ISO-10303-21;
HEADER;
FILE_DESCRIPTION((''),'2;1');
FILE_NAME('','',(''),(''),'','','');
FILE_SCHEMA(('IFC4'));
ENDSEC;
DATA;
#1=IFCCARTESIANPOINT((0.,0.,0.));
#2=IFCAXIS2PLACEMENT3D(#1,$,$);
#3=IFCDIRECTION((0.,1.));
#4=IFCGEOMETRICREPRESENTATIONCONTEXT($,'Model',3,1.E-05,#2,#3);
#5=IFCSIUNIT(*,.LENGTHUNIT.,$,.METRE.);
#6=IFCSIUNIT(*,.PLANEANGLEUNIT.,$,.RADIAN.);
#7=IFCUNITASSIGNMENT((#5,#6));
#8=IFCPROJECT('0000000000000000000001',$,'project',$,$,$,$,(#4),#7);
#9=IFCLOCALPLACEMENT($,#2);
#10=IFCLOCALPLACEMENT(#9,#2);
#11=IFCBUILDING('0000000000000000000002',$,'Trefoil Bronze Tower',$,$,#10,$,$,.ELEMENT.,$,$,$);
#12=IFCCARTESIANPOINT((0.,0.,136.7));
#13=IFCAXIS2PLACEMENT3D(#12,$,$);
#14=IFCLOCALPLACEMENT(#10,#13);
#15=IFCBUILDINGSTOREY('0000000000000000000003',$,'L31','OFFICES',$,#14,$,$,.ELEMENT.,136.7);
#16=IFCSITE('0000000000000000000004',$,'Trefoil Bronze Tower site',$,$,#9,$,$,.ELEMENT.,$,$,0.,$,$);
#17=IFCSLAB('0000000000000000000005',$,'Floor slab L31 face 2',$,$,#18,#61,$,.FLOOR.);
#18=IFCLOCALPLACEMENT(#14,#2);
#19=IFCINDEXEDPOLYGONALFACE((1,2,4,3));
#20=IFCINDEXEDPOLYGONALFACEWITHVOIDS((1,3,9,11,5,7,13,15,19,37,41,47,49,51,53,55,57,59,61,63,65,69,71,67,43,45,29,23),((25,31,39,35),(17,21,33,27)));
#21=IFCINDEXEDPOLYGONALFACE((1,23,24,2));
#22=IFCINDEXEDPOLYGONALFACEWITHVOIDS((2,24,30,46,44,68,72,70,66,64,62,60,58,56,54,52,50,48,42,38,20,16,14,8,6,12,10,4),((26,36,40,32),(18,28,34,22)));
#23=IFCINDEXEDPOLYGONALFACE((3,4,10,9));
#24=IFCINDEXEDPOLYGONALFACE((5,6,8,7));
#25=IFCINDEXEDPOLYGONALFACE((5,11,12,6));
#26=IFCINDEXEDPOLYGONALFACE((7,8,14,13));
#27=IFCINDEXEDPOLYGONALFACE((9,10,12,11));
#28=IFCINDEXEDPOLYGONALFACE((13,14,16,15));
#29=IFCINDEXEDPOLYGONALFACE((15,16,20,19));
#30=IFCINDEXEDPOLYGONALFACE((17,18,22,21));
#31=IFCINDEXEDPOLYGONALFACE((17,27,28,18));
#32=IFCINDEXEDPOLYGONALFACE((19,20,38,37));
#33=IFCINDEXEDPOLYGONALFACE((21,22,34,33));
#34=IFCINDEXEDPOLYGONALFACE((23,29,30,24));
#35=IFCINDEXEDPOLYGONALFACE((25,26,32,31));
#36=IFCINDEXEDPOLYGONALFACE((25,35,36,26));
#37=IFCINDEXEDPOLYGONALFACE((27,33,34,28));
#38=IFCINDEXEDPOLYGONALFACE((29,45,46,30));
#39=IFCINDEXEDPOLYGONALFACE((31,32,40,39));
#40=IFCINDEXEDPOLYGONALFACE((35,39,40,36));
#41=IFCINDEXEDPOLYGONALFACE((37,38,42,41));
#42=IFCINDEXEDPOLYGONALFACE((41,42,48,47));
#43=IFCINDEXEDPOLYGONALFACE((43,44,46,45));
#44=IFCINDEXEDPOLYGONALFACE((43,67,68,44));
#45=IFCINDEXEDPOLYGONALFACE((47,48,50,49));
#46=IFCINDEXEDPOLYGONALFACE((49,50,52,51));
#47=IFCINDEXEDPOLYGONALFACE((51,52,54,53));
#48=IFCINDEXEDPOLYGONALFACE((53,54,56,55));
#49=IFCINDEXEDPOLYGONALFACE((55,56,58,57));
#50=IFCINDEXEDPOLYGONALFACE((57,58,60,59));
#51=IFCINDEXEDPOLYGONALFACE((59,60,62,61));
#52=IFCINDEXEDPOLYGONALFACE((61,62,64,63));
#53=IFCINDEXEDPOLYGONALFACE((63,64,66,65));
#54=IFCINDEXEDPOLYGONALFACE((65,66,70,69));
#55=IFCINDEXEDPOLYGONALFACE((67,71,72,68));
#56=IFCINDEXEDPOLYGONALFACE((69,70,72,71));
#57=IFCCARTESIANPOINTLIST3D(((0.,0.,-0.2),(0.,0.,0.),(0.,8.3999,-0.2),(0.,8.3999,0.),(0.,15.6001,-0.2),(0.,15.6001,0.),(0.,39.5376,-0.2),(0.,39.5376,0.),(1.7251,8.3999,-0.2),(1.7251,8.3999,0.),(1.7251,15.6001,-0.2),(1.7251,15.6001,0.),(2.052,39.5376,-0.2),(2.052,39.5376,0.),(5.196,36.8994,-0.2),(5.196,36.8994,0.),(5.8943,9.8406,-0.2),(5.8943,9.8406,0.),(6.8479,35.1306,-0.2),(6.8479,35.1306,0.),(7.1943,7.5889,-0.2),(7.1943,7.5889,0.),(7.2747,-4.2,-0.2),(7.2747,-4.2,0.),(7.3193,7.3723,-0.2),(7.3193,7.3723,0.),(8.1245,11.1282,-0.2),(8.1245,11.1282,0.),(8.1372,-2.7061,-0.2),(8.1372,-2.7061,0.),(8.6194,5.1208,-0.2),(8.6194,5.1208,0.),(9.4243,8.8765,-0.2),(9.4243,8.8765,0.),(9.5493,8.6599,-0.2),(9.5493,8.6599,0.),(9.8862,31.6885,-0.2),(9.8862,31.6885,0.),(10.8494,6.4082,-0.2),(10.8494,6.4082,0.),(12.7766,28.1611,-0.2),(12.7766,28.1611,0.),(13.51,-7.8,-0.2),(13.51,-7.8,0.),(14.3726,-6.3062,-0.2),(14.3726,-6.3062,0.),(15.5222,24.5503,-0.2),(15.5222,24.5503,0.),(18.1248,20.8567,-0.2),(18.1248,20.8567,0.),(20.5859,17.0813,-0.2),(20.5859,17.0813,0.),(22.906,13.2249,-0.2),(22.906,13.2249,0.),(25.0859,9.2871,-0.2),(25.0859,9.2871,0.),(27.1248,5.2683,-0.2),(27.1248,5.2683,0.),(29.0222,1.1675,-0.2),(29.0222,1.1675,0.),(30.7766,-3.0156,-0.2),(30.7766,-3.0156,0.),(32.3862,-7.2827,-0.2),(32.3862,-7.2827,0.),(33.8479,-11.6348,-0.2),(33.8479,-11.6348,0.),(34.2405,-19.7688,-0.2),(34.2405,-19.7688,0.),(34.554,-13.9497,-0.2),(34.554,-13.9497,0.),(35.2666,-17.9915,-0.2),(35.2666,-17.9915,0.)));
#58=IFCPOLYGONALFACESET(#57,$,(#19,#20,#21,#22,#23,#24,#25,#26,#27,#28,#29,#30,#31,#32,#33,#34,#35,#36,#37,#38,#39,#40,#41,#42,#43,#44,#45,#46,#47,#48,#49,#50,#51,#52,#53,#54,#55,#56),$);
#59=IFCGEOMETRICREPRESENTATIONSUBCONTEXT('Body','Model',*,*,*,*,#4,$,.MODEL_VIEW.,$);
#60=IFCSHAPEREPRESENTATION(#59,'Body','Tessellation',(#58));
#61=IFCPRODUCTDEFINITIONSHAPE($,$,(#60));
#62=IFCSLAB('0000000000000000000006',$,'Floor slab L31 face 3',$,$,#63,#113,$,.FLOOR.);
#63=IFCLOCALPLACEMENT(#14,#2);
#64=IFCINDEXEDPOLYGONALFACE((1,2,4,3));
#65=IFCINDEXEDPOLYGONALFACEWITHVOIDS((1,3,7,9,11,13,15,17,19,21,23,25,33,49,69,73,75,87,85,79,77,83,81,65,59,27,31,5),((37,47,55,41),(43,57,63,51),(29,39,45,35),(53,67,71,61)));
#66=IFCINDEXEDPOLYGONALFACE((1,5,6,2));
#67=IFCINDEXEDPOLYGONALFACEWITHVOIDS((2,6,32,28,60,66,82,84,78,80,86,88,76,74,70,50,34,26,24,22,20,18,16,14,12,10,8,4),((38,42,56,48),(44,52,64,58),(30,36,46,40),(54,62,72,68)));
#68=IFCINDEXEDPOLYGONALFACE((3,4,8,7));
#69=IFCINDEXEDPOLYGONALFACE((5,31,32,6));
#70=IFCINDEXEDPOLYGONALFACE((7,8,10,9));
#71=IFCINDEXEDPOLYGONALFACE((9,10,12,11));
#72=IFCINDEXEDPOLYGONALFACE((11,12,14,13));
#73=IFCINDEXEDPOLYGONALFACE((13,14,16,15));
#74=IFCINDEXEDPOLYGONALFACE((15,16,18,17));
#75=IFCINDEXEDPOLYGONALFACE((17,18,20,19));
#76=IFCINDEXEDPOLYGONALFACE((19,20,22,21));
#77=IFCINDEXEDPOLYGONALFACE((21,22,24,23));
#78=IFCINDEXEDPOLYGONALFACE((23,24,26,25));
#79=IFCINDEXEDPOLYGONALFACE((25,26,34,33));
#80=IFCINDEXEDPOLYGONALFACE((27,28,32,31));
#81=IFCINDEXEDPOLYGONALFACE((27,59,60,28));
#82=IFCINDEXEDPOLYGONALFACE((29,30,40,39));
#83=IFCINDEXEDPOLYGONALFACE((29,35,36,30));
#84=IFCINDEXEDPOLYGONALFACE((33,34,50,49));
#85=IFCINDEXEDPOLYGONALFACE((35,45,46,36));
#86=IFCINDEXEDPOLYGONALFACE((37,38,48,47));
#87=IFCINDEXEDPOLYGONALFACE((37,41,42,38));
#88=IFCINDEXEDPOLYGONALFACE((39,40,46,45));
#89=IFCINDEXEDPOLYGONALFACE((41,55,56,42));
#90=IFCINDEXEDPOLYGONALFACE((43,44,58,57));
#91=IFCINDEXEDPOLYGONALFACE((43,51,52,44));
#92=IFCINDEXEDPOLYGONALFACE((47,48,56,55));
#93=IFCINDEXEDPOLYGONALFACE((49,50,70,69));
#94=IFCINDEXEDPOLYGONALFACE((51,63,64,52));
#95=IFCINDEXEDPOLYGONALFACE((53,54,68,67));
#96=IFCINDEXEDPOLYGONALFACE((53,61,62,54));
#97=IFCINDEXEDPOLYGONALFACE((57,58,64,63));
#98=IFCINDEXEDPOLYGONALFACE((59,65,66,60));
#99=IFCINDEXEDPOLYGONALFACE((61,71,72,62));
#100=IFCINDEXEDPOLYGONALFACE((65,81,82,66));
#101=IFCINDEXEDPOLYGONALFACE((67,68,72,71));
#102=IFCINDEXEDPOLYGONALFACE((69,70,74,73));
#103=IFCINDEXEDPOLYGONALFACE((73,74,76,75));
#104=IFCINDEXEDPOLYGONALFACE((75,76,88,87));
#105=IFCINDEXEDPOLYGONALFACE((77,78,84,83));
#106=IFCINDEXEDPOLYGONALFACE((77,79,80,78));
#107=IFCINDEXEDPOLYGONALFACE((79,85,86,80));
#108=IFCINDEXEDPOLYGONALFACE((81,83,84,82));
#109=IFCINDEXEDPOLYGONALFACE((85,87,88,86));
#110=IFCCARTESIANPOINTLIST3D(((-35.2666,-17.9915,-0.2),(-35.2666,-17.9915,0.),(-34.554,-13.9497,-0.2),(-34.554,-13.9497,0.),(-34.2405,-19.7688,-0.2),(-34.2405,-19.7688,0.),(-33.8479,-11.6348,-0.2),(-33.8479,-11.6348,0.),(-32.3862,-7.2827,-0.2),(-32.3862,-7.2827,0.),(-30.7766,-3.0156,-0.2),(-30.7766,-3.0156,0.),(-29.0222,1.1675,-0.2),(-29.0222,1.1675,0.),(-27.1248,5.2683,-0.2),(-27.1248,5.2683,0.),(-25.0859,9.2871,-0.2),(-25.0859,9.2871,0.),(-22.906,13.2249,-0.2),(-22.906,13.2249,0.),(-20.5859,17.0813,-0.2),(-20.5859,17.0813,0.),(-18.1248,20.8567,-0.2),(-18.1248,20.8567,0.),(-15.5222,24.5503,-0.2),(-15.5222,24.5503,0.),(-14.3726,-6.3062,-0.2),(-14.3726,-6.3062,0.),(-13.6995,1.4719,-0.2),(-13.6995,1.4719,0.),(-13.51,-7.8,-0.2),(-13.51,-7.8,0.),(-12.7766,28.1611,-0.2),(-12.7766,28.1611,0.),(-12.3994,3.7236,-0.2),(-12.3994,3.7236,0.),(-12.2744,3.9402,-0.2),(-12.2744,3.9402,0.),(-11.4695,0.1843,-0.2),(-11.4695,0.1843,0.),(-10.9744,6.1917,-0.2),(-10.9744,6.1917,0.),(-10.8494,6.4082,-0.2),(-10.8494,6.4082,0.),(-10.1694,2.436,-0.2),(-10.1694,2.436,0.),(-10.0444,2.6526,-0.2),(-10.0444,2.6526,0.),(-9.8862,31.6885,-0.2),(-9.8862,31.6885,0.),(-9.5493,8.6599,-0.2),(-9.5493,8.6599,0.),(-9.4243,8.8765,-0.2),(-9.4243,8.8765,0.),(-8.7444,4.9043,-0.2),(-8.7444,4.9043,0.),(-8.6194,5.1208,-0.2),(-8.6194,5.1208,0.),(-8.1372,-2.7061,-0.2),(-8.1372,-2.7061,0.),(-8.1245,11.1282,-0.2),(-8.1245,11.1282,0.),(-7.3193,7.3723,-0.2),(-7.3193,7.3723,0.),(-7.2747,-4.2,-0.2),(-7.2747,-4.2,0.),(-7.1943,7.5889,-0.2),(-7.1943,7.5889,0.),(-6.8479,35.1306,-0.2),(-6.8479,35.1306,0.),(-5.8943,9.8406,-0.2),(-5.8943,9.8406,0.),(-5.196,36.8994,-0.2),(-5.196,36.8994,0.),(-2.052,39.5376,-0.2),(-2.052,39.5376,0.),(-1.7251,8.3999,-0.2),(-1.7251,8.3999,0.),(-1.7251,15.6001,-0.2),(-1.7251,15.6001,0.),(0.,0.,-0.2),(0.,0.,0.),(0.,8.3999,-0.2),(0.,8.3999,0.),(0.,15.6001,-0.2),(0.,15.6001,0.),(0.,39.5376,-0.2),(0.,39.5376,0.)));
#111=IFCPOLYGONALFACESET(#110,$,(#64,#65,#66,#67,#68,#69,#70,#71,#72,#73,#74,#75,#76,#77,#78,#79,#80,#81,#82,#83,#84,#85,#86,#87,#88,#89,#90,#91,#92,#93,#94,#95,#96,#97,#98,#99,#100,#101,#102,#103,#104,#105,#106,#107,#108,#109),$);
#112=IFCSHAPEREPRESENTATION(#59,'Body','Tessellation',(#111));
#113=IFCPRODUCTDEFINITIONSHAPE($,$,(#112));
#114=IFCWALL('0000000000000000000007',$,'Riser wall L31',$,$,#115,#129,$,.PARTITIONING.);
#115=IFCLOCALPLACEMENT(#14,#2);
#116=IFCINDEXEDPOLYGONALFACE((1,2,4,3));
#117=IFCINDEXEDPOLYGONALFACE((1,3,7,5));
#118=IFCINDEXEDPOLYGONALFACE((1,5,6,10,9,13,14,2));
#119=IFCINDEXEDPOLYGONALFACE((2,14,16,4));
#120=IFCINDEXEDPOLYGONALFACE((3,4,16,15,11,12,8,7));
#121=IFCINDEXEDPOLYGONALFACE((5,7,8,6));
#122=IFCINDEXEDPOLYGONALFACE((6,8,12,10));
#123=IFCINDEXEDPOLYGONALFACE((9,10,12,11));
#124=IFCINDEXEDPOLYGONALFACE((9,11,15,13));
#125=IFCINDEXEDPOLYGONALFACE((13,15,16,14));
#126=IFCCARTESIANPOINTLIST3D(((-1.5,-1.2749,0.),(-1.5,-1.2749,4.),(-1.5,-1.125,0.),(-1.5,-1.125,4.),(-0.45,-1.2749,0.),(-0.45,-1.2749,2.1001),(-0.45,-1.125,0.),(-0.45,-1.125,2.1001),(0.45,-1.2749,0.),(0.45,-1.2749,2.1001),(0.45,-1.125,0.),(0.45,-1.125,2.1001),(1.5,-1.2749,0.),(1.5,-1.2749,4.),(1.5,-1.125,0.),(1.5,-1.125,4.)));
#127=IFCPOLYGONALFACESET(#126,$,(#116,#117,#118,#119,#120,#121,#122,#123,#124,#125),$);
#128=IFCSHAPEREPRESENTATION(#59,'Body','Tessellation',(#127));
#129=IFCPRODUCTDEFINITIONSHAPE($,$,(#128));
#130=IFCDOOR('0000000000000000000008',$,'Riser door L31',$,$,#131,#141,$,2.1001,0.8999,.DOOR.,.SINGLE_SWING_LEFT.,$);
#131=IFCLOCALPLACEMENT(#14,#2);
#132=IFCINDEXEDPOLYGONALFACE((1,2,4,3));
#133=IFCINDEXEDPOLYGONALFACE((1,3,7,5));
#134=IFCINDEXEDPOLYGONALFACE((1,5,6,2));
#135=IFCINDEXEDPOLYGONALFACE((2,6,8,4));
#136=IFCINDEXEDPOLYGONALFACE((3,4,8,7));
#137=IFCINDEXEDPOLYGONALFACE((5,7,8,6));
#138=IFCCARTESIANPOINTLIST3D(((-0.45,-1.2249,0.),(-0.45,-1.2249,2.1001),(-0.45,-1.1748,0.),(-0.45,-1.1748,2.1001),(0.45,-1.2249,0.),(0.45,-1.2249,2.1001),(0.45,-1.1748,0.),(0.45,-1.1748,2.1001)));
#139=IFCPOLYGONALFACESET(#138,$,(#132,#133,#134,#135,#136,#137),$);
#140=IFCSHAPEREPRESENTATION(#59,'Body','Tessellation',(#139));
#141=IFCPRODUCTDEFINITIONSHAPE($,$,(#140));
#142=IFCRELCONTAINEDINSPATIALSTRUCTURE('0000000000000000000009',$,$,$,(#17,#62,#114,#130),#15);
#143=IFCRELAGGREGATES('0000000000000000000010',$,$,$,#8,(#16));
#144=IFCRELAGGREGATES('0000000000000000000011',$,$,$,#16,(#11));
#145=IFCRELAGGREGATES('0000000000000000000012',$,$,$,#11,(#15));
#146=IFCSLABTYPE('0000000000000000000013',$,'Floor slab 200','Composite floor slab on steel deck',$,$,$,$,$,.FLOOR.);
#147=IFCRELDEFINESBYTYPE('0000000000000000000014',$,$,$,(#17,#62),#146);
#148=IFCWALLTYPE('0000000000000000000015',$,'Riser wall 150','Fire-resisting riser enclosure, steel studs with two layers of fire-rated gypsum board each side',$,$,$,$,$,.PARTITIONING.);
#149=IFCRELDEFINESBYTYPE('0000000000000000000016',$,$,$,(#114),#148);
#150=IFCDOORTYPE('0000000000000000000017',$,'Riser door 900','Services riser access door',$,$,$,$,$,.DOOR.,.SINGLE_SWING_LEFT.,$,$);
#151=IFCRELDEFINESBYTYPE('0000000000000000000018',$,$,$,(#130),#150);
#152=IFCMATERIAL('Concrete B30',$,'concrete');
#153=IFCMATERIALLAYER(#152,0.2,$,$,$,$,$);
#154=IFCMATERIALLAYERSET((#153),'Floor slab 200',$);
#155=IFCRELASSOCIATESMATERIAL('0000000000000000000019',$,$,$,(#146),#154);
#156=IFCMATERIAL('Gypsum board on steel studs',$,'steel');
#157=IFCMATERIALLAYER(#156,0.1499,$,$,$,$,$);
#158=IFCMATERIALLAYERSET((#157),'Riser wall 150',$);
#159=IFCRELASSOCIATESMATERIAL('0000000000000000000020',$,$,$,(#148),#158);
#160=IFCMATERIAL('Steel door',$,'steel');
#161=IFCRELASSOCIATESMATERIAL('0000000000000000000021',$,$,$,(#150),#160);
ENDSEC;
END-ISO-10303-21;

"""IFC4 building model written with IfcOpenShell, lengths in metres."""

from ifc_helpers import new_model, si_unit, direction, frame, frame_2d, origin, place, context, subcontext, project, spatial, polyline, rectangle, outline, extrude, material, layer, layer_set, type_object, element, fill, save


model = new_model("IFC4")

# Units and contexts
model_context = context("Model", 3, precision=1e-05, world=origin(), true_north=direction((0.0, 1.0)))
body_context = subcontext(model_context, "Body", "Model", "MODEL_VIEW")
ifc_project = project(units=[si_unit("LENGTHUNIT", "METRE"), si_unit("PLANEANGLEUNIT", "RADIAN")], contexts=[model_context])

# Site, building, storey
site_placement = place(None, origin())
site = spatial("IfcSite", under=ifc_project, at=site_placement, Name="Trefoil Bronze Tower site", CompositionType="ELEMENT", RefElevation=0.0)
building_placement = place(site_placement, origin())
building = spatial("IfcBuilding", under=site, at=building_placement, Name="Trefoil Bronze Tower", CompositionType="ELEMENT")
storey_placement = place(building_placement, frame((0.0, 0.0, 136.7)))
storey = spatial("IfcBuildingStorey", under=building, at=storey_placement, Name="L31", Description="OFFICES", CompositionType="ELEMENT", Elevation=136.7)

# Slabs
ifc_material_1 = material(Name="Concrete B30", Category="concrete")
ifc_layer_1 = layer(ifc_material_1, 0.2)
ifc_layer_set_1 = layer_set([ifc_layer_1], Name="Floor slab 200")
slab_type = type_object("IfcSlabType", Name="Floor slab 200", Description="Composite floor slab on steel deck", PredefinedType="FLOOR", material=ifc_layer_set_1)
slab_1_placement = place(storey_placement, frame((0.0, 0.0, -0.2)))
element("IfcSlab", 1, at=slab_1_placement, inside=storey, type_object=slab_type, Name="Floor slab L31 face 2", PredefinedType="FLOOR", context=body_context, shape_type="SweptSolid", body=[
    extrude(outline(polyline([(9.8862, 31.6885), (12.7766, 28.1611), (15.5222, 24.5503), (18.1248, 20.8567), (20.5859, 17.0813), (22.906, 13.2249), (25.0859, 9.2871), (27.1248, 5.2683), (29.0222, 1.1675), (30.7766, -3.0156), (32.3862, -7.2827), (33.8479, -11.6348), (34.554, -13.9497), (35.2666, -17.9915), (34.2405, -19.7688), (13.51, -7.8), (14.3726, -6.3062), (8.1372, -2.7061), (7.2747, -4.2), (0.0, 0.0), (0.0, 8.3999), (1.7251, 8.3999), (1.7251, 15.6001), (0.0, 15.6001), (0.0, 39.5376), (2.052, 39.5376), (5.196, 36.8994), (6.8479, 35.1306), (9.8862, 31.6885)]), holes=[polyline([(8.6194, 5.1208), (7.3193, 7.3723), (9.5493, 8.6599), (10.8494, 6.4082), (8.6194, 5.1208)]), polyline([(7.1943, 7.5889), (5.8943, 9.8406), (8.1245, 11.1282), (9.4243, 8.8765), (7.1943, 7.5889)])]), origin(), (0.0, 0.0, 1.0), 0.2),
])
slab_2_placement = place(storey_placement, frame((0.0, 0.0, -0.2)))
element("IfcSlab", 2, at=slab_2_placement, inside=storey, type_object=slab_type, Name="Floor slab L31 face 3", PredefinedType="FLOOR", context=body_context, shape_type="SweptSolid", body=[
    extrude(outline(polyline([(-32.3862, -7.2827), (-30.7766, -3.0156), (-29.0222, 1.1675), (-27.1248, 5.2683), (-25.0859, 9.2871), (-22.906, 13.2249), (-20.5859, 17.0813), (-18.1248, 20.8567), (-15.5222, 24.5503), (-12.7766, 28.1611), (-9.8862, 31.6885), (-6.8479, 35.1306), (-5.196, 36.8994), (-2.052, 39.5376), (0.0, 39.5376), (0.0, 15.6001), (-1.7251, 15.6001), (-1.7251, 8.3999), (0.0, 8.3999), (0.0, 0.0), (-7.2747, -4.2), (-8.1372, -2.7061), (-14.3726, -6.3062), (-13.51, -7.8), (-34.2405, -19.7688), (-35.2666, -17.9915), (-34.554, -13.9497), (-33.8479, -11.6348), (-32.3862, -7.2827)]), holes=[polyline([(-5.8943, 9.8406), (-7.1943, 7.5889), (-9.4243, 8.8765), (-8.1245, 11.1282), (-5.8943, 9.8406)]), polyline([(-7.3193, 7.3723), (-8.6194, 5.1208), (-10.8494, 6.4082), (-9.5493, 8.6599), (-7.3193, 7.3723)]), polyline([(-8.7444, 4.9043), (-10.0444, 2.6526), (-12.2744, 3.9402), (-10.9744, 6.1917), (-8.7444, 4.9043)]), polyline([(-10.1694, 2.436), (-11.4695, 0.1843), (-13.6995, 1.4719), (-12.3994, 3.7236), (-10.1694, 2.436)])]), origin(), (0.0, 0.0, 1.0), 0.2),
])

# Wall, opening, door
ifc_material_2 = material(Name="Gypsum board on steel studs", Category="steel")
ifc_layer_2 = layer(ifc_material_2, 0.1499)
ifc_layer_set_2 = layer_set([ifc_layer_2], Name="Riser wall 150")
wall_type_1 = type_object("IfcWallType", Name="Riser wall 150", Description="Fire-resisting riser enclosure, steel studs with two layers of fire-rated gypsum board each side", PredefinedType="PARTITIONING", material=ifc_layer_set_2)
wall_1_placement = place(storey_placement, frame((-1.5, -1.2, 0.0), z_axis=(0.0, 0.0, 1.0), x_axis=(1.0, 0.0, 0.0)))
wall_1 = element("IfcWall", 3, at=wall_1_placement, inside=storey, type_object=wall_type_1, Name="Riser wall L31", PredefinedType="PARTITIONING", context=body_context, shape_type="SweptSolid", body=[
    extrude(rectangle(XDim=3.0, YDim=0.1499, at=frame_2d((1.5, 0.0))), origin(), (0.0, 0.0, 1.0), 4.0),
])
opening_1_placement = place(wall_1_placement, frame((1.05, 0.0, 0.0)))
opening_1 = element("IfcOpeningElement", 4, at=opening_1_placement, cuts=wall_1, PredefinedType="OPENING", context=body_context, shape_type="SweptSolid", body=[
    extrude(rectangle(XDim=0.8999, YDim=2.1001, at=frame_2d((0.45, 1.05))), frame((0.0, 0.085, 0.0), z_axis=(0.0, -1.0, 0.0), x_axis=(1.0, 0.0, 0.0)), (0.0, 0.0, 1.0), 0.1699),
])
ifc_material_3 = material(Name="Steel door", Category="steel")
door_type_1 = type_object("IfcDoorType", Name="Riser door 900", Description="Services riser access door", OperationType="SINGLE_SWING_LEFT", PredefinedType="DOOR", material=ifc_material_3)
door_1_placement = place(opening_1_placement, frame((0.8999, 0.0, 0.0), z_axis=(0.0, 0.0, 1.0), x_axis=(-1.0, 0.0, 0.0)))
door_1 = element("IfcDoor", 5, at=door_1_placement, inside=storey, type_object=door_type_1, Name="Riser door L31", OperationType="SINGLE_SWING_LEFT", OverallHeight=2.1001, OverallWidth=0.8999, PredefinedType="DOOR", context=body_context, shape_type="SweptSolid", body=[
    extrude(rectangle(XDim=0.8999, YDim=2.1001, at=frame_2d((0.45, 1.05))), frame((0.0, 0.0249, 0.0), z_axis=(0.0, -1.0, 0.0), x_axis=(1.0, 0.0, 0.0)), (0.0, 0.0, 1.0), 0.05),
])
fill(opening_1, door_1)

save(model, "model.ifc")
